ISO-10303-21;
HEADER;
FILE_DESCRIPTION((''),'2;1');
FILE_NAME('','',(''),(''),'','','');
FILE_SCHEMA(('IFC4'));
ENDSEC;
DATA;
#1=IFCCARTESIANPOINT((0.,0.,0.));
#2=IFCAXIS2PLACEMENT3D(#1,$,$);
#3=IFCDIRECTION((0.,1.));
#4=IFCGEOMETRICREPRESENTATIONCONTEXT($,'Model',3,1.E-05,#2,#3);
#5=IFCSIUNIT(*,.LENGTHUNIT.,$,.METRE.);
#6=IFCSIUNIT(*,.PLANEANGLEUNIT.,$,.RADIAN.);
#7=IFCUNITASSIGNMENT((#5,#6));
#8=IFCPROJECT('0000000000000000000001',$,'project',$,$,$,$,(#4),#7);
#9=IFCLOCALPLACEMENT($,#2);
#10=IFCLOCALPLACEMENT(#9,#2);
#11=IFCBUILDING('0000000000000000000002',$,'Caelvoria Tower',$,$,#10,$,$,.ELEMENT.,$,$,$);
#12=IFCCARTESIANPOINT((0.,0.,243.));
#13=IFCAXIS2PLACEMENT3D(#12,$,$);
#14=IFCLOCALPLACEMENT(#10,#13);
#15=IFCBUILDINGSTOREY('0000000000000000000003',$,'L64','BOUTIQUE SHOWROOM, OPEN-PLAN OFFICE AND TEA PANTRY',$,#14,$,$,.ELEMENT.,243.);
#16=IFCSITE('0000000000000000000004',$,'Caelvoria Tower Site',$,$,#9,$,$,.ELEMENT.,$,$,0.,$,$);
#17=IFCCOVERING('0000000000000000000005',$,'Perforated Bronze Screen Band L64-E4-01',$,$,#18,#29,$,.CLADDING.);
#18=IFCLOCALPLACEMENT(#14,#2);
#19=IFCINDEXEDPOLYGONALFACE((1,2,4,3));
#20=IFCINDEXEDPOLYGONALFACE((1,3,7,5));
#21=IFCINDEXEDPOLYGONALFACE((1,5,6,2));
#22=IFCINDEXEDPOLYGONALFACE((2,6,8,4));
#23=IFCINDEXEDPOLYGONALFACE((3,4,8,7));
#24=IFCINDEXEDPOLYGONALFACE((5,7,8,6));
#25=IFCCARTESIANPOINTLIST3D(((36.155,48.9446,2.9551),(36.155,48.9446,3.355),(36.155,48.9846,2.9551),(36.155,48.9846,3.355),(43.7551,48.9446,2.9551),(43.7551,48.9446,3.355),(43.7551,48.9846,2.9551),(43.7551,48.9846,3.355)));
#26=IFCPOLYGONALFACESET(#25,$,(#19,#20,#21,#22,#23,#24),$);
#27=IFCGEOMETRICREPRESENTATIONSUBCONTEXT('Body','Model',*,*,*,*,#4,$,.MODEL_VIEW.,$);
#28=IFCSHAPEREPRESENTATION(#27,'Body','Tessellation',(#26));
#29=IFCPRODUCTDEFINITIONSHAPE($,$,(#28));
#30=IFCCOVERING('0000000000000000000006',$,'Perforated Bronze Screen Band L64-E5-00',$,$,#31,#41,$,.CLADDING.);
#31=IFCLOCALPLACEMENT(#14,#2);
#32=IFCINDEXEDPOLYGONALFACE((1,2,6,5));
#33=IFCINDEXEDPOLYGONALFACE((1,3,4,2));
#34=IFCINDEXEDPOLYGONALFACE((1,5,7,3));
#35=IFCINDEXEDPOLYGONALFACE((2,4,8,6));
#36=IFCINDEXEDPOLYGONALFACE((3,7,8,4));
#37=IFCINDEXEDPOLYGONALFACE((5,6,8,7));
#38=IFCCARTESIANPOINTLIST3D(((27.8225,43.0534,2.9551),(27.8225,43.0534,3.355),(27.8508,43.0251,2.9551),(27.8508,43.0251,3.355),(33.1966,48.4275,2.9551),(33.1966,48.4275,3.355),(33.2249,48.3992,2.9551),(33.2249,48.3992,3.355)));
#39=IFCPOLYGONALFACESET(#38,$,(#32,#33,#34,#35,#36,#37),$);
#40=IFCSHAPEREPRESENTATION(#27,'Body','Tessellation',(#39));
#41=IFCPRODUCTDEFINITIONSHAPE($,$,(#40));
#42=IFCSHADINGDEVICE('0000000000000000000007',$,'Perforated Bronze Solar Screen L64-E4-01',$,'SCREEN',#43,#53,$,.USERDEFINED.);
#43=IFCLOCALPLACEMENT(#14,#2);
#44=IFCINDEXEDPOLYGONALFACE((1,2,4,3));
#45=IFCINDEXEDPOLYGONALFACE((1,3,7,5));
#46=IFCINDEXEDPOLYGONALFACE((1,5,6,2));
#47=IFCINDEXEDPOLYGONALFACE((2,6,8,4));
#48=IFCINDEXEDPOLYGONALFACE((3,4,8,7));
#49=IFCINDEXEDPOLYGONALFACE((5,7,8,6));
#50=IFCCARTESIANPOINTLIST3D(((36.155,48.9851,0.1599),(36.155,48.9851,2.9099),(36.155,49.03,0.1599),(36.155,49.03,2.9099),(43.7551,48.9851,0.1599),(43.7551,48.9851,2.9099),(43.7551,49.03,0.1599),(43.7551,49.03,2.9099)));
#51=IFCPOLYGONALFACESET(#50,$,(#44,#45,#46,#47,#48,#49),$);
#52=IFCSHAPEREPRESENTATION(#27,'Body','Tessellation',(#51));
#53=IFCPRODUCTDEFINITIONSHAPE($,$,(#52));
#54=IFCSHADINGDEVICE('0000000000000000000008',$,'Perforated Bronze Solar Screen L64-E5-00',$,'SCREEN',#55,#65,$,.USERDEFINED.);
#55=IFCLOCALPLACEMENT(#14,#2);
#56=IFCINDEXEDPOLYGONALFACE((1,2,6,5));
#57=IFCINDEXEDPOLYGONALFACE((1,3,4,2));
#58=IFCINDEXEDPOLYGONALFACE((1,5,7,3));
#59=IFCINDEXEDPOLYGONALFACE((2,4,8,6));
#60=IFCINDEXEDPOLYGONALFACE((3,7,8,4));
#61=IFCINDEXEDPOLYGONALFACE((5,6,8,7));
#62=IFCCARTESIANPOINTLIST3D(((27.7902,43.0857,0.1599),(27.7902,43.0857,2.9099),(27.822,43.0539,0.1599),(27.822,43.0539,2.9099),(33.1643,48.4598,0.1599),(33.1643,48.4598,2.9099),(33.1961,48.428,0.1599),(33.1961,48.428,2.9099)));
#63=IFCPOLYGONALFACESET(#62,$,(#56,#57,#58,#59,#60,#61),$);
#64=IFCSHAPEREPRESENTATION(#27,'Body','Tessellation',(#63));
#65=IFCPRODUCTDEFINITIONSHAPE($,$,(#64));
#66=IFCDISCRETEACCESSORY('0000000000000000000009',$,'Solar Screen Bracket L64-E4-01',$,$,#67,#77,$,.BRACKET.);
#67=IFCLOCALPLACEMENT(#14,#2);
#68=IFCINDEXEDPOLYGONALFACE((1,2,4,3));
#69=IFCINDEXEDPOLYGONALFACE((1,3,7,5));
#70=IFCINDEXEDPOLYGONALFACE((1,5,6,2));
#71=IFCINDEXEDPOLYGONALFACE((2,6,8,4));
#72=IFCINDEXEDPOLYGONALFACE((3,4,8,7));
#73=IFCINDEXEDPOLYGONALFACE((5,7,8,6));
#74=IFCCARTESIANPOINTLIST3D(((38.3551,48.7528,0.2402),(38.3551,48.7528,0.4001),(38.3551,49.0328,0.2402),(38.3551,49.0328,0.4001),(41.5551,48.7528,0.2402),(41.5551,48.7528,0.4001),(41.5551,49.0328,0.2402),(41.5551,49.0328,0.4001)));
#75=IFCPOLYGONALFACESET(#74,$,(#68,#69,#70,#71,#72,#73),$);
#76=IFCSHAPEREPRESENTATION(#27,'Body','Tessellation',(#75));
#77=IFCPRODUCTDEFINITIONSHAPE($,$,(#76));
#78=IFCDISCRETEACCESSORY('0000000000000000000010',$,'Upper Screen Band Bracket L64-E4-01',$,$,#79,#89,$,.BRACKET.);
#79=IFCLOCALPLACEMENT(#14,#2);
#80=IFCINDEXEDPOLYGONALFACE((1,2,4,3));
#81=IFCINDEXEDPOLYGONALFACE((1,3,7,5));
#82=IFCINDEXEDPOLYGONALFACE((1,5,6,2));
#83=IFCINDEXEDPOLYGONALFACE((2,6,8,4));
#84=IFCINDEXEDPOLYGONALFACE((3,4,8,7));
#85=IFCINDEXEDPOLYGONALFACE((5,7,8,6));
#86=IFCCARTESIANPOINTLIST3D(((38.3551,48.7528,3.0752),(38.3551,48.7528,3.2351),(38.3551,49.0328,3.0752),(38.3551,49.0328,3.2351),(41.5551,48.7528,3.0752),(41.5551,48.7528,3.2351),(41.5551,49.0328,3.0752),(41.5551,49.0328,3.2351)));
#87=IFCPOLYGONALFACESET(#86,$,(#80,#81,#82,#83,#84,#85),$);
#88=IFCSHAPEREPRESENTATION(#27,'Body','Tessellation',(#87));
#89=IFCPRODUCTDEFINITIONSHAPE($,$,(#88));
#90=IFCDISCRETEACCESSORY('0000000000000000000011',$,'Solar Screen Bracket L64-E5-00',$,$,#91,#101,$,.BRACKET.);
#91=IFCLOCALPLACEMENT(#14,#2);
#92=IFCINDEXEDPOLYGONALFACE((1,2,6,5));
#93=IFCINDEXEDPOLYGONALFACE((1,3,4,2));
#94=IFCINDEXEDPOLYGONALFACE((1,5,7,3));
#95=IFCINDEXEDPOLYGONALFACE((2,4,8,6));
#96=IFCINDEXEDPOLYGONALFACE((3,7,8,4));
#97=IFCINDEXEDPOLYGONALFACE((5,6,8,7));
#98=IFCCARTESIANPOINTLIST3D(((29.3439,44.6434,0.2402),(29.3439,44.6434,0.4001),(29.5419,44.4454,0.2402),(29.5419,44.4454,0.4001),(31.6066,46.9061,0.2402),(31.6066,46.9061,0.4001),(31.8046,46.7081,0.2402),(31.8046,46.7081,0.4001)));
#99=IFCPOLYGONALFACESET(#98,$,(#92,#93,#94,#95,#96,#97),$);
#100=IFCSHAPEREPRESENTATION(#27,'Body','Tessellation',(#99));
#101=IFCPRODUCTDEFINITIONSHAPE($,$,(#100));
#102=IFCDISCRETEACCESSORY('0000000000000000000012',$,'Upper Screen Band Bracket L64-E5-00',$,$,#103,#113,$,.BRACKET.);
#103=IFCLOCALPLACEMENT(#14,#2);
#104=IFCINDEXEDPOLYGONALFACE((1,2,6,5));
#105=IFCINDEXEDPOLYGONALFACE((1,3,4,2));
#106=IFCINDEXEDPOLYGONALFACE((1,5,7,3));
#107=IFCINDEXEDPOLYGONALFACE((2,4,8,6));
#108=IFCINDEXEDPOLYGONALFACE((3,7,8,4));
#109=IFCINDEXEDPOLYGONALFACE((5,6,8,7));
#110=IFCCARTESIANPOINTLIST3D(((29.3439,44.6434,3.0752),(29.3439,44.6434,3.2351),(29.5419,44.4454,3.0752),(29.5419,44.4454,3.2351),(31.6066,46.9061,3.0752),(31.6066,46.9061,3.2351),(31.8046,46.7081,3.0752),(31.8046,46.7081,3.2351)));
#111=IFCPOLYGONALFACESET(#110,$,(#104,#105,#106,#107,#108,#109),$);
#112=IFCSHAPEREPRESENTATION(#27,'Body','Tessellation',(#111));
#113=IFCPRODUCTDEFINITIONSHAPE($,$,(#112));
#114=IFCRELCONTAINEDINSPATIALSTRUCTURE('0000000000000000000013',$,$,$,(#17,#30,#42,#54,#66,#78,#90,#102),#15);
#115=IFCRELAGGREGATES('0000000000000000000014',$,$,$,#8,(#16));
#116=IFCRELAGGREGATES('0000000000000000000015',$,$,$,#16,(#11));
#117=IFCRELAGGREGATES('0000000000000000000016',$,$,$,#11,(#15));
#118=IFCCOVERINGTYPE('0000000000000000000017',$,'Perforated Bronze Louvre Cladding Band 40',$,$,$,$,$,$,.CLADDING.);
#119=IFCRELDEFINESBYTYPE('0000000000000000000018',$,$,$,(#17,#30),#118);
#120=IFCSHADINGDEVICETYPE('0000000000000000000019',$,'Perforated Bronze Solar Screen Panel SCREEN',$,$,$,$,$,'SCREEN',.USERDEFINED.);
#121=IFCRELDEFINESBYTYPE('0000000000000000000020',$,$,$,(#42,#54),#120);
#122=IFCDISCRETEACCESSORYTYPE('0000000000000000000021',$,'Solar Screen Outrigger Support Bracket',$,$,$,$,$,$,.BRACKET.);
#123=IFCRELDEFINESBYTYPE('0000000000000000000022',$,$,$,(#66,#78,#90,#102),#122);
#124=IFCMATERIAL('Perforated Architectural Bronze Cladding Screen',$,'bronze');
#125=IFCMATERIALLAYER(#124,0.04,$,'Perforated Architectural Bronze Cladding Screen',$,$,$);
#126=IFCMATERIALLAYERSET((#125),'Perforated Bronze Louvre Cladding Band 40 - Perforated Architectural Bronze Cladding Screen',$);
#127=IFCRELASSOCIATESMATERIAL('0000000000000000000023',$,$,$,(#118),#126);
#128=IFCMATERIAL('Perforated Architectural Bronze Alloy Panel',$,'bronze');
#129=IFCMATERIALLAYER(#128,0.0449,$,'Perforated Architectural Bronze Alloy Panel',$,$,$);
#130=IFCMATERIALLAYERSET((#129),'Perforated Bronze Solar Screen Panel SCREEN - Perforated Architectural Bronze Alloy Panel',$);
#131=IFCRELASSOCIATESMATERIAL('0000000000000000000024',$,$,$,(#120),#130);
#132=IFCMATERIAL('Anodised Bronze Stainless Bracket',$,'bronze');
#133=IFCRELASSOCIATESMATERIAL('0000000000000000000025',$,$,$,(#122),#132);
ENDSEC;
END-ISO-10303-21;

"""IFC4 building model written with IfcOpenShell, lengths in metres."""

from ifc_helpers import new_model, si_unit, direction, frame, origin, origin_2d, place, context, subcontext, project, spatial, rectangle, extrude, material, layer, layer_set, type_object, element, save


model = new_model("IFC4")

# Units and contexts
model_context = context("Model", 3, precision=1e-05, world=origin(), true_north=direction((0.0, 1.0)))
body_context = subcontext(model_context, "Body", "Model", "MODEL_VIEW")
ifc_project = project(units=[si_unit("LENGTHUNIT", "METRE"), si_unit("PLANEANGLEUNIT", "RADIAN")], contexts=[model_context])

# Site, building, storey
site_placement = place(None, origin())
site = spatial("IfcSite", under=ifc_project, at=site_placement, Name="Caelvoria Tower Site", CompositionType="ELEMENT", RefElevation=0.0)
building_placement = place(site_placement, origin())
building = spatial("IfcBuilding", under=site, at=building_placement, Name="Caelvoria Tower", CompositionType="ELEMENT")
storey_placement = place(building_placement, frame((0.0, 0.0, 243.0)))
storey = spatial("IfcBuildingStorey", under=building, at=storey_placement, Name="L64", Description="BOUTIQUE SHOWROOM, OPEN-PLAN OFFICE AND TEA PANTRY", CompositionType="ELEMENT", Elevation=243.0)

# Coverings
ifc_material_1 = material(Name="Perforated Architectural Bronze Cladding Screen", Category="bronze")
ifc_layer_1 = layer(ifc_material_1, 0.04, Name="Perforated Architectural Bronze Cladding Screen")
ifc_layer_set_1 = layer_set([ifc_layer_1], Name="Perforated Bronze Louvre Cladding Band 40 - Perforated Architectural Bronze Cladding Screen")
covering_type = type_object("IfcCoveringType", Name="Perforated Bronze Louvre Cladding Band 40", PredefinedType="CLADDING", material=ifc_layer_set_1)
for number, where, z_axis, x_axis, name in (
    (1, (39.9551, 48.9646, 2.9551), (0.0, 0.0, 1.0), (-1.0, 0.0, 0.0), "Perforated Bronze Screen Band L64-E4-01"),
    (2, (30.5237, 45.7263, 2.9551), (0.0, 0.0, 1.0), (-0.707107, -0.707107, 0.0), "Perforated Bronze Screen Band L64-E5-00"),
):
    element("IfcCovering", number, at=place(storey_placement, frame(where, z_axis=z_axis, x_axis=x_axis)), inside=storey, type_object=covering_type, Name=name, PredefinedType="CLADDING", context=body_context, shape_type="SweptSolid", body=[
        extrude(rectangle(XDim=7.6001, YDim=0.04, at=origin_2d()), origin(), (0.0, 0.0, 1.0), 0.3999),
    ])

# Shading devices
ifc_material_2 = material(Name="Perforated Architectural Bronze Alloy Panel", Category="bronze")
ifc_layer_2 = layer(ifc_material_2, 0.0449, Name="Perforated Architectural Bronze Alloy Panel")
ifc_layer_set_2 = layer_set([ifc_layer_2], Name="Perforated Bronze Solar Screen Panel SCREEN - Perforated Architectural Bronze Alloy Panel")
shading_device_type = type_object("IfcShadingDeviceType", Name="Perforated Bronze Solar Screen Panel SCREEN", ElementType="SCREEN", PredefinedType="USERDEFINED", material=ifc_layer_set_2)
for number, where, z_axis, x_axis, name in (
    (3, (39.9551, 49.0076, 0.1599), (0.0, 0.0, 1.0), (-1.0, 0.0, 0.0), "Perforated Bronze Solar Screen L64-E4-01"),
    (4, (30.4932, 45.7568, 0.1599), (0.0, 0.0, 1.0), (-0.707107, -0.707107, 0.0), "Perforated Bronze Solar Screen L64-E5-00"),
):
    element("IfcShadingDevice", number, at=place(storey_placement, frame(where, z_axis=z_axis, x_axis=x_axis)), inside=storey, type_object=shading_device_type, Name=name, ObjectType="SCREEN", PredefinedType="USERDEFINED", context=body_context, shape_type="SweptSolid", body=[
        extrude(rectangle(XDim=7.6001, YDim=0.0449, at=origin_2d()), origin(), (0.0, 0.0, 1.0), 2.75),
    ])

# Discrete accessories
ifc_material_3 = material(Name="Anodised Bronze Stainless Bracket", Category="bronze")
discrete_accessory_type = type_object("IfcDiscreteAccessoryType", Name="Solar Screen Outrigger Support Bracket", PredefinedType="BRACKET", material=ifc_material_3)
for number, where, z_axis, x_axis, name in (
    (5, (39.9551, 48.8928, 0.2402), (0.0, 0.0, 1.0), (-1.0, 0.0, 0.0), "Solar Screen Bracket L64-E4-01"),
    (6, (39.9551, 48.8928, 3.0752), (0.0, 0.0, 1.0), (-1.0, 0.0, 0.0), "Upper Screen Band Bracket L64-E4-01"),
    (7, (30.5742, 45.6758, 0.2402), (0.0, 0.0, 1.0), (-0.707107, -0.707107, 0.0), "Solar Screen Bracket L64-E5-00"),
    (8, (30.5742, 45.6758, 3.0752), (0.0, 0.0, 1.0), (-0.707107, -0.707107, 0.0), "Upper Screen Band Bracket L64-E5-00"),
):
    element("IfcDiscreteAccessory", number, at=place(storey_placement, frame(where, z_axis=z_axis, x_axis=x_axis)), inside=storey, type_object=discrete_accessory_type, Name=name, PredefinedType="BRACKET", context=body_context, shape_type="SweptSolid", body=[
        extrude(rectangle(XDim=3.2, YDim=0.28, at=origin_2d()), origin(), (0.0, 0.0, 1.0), 0.1599),
    ])

save(model, "model.ifc")
